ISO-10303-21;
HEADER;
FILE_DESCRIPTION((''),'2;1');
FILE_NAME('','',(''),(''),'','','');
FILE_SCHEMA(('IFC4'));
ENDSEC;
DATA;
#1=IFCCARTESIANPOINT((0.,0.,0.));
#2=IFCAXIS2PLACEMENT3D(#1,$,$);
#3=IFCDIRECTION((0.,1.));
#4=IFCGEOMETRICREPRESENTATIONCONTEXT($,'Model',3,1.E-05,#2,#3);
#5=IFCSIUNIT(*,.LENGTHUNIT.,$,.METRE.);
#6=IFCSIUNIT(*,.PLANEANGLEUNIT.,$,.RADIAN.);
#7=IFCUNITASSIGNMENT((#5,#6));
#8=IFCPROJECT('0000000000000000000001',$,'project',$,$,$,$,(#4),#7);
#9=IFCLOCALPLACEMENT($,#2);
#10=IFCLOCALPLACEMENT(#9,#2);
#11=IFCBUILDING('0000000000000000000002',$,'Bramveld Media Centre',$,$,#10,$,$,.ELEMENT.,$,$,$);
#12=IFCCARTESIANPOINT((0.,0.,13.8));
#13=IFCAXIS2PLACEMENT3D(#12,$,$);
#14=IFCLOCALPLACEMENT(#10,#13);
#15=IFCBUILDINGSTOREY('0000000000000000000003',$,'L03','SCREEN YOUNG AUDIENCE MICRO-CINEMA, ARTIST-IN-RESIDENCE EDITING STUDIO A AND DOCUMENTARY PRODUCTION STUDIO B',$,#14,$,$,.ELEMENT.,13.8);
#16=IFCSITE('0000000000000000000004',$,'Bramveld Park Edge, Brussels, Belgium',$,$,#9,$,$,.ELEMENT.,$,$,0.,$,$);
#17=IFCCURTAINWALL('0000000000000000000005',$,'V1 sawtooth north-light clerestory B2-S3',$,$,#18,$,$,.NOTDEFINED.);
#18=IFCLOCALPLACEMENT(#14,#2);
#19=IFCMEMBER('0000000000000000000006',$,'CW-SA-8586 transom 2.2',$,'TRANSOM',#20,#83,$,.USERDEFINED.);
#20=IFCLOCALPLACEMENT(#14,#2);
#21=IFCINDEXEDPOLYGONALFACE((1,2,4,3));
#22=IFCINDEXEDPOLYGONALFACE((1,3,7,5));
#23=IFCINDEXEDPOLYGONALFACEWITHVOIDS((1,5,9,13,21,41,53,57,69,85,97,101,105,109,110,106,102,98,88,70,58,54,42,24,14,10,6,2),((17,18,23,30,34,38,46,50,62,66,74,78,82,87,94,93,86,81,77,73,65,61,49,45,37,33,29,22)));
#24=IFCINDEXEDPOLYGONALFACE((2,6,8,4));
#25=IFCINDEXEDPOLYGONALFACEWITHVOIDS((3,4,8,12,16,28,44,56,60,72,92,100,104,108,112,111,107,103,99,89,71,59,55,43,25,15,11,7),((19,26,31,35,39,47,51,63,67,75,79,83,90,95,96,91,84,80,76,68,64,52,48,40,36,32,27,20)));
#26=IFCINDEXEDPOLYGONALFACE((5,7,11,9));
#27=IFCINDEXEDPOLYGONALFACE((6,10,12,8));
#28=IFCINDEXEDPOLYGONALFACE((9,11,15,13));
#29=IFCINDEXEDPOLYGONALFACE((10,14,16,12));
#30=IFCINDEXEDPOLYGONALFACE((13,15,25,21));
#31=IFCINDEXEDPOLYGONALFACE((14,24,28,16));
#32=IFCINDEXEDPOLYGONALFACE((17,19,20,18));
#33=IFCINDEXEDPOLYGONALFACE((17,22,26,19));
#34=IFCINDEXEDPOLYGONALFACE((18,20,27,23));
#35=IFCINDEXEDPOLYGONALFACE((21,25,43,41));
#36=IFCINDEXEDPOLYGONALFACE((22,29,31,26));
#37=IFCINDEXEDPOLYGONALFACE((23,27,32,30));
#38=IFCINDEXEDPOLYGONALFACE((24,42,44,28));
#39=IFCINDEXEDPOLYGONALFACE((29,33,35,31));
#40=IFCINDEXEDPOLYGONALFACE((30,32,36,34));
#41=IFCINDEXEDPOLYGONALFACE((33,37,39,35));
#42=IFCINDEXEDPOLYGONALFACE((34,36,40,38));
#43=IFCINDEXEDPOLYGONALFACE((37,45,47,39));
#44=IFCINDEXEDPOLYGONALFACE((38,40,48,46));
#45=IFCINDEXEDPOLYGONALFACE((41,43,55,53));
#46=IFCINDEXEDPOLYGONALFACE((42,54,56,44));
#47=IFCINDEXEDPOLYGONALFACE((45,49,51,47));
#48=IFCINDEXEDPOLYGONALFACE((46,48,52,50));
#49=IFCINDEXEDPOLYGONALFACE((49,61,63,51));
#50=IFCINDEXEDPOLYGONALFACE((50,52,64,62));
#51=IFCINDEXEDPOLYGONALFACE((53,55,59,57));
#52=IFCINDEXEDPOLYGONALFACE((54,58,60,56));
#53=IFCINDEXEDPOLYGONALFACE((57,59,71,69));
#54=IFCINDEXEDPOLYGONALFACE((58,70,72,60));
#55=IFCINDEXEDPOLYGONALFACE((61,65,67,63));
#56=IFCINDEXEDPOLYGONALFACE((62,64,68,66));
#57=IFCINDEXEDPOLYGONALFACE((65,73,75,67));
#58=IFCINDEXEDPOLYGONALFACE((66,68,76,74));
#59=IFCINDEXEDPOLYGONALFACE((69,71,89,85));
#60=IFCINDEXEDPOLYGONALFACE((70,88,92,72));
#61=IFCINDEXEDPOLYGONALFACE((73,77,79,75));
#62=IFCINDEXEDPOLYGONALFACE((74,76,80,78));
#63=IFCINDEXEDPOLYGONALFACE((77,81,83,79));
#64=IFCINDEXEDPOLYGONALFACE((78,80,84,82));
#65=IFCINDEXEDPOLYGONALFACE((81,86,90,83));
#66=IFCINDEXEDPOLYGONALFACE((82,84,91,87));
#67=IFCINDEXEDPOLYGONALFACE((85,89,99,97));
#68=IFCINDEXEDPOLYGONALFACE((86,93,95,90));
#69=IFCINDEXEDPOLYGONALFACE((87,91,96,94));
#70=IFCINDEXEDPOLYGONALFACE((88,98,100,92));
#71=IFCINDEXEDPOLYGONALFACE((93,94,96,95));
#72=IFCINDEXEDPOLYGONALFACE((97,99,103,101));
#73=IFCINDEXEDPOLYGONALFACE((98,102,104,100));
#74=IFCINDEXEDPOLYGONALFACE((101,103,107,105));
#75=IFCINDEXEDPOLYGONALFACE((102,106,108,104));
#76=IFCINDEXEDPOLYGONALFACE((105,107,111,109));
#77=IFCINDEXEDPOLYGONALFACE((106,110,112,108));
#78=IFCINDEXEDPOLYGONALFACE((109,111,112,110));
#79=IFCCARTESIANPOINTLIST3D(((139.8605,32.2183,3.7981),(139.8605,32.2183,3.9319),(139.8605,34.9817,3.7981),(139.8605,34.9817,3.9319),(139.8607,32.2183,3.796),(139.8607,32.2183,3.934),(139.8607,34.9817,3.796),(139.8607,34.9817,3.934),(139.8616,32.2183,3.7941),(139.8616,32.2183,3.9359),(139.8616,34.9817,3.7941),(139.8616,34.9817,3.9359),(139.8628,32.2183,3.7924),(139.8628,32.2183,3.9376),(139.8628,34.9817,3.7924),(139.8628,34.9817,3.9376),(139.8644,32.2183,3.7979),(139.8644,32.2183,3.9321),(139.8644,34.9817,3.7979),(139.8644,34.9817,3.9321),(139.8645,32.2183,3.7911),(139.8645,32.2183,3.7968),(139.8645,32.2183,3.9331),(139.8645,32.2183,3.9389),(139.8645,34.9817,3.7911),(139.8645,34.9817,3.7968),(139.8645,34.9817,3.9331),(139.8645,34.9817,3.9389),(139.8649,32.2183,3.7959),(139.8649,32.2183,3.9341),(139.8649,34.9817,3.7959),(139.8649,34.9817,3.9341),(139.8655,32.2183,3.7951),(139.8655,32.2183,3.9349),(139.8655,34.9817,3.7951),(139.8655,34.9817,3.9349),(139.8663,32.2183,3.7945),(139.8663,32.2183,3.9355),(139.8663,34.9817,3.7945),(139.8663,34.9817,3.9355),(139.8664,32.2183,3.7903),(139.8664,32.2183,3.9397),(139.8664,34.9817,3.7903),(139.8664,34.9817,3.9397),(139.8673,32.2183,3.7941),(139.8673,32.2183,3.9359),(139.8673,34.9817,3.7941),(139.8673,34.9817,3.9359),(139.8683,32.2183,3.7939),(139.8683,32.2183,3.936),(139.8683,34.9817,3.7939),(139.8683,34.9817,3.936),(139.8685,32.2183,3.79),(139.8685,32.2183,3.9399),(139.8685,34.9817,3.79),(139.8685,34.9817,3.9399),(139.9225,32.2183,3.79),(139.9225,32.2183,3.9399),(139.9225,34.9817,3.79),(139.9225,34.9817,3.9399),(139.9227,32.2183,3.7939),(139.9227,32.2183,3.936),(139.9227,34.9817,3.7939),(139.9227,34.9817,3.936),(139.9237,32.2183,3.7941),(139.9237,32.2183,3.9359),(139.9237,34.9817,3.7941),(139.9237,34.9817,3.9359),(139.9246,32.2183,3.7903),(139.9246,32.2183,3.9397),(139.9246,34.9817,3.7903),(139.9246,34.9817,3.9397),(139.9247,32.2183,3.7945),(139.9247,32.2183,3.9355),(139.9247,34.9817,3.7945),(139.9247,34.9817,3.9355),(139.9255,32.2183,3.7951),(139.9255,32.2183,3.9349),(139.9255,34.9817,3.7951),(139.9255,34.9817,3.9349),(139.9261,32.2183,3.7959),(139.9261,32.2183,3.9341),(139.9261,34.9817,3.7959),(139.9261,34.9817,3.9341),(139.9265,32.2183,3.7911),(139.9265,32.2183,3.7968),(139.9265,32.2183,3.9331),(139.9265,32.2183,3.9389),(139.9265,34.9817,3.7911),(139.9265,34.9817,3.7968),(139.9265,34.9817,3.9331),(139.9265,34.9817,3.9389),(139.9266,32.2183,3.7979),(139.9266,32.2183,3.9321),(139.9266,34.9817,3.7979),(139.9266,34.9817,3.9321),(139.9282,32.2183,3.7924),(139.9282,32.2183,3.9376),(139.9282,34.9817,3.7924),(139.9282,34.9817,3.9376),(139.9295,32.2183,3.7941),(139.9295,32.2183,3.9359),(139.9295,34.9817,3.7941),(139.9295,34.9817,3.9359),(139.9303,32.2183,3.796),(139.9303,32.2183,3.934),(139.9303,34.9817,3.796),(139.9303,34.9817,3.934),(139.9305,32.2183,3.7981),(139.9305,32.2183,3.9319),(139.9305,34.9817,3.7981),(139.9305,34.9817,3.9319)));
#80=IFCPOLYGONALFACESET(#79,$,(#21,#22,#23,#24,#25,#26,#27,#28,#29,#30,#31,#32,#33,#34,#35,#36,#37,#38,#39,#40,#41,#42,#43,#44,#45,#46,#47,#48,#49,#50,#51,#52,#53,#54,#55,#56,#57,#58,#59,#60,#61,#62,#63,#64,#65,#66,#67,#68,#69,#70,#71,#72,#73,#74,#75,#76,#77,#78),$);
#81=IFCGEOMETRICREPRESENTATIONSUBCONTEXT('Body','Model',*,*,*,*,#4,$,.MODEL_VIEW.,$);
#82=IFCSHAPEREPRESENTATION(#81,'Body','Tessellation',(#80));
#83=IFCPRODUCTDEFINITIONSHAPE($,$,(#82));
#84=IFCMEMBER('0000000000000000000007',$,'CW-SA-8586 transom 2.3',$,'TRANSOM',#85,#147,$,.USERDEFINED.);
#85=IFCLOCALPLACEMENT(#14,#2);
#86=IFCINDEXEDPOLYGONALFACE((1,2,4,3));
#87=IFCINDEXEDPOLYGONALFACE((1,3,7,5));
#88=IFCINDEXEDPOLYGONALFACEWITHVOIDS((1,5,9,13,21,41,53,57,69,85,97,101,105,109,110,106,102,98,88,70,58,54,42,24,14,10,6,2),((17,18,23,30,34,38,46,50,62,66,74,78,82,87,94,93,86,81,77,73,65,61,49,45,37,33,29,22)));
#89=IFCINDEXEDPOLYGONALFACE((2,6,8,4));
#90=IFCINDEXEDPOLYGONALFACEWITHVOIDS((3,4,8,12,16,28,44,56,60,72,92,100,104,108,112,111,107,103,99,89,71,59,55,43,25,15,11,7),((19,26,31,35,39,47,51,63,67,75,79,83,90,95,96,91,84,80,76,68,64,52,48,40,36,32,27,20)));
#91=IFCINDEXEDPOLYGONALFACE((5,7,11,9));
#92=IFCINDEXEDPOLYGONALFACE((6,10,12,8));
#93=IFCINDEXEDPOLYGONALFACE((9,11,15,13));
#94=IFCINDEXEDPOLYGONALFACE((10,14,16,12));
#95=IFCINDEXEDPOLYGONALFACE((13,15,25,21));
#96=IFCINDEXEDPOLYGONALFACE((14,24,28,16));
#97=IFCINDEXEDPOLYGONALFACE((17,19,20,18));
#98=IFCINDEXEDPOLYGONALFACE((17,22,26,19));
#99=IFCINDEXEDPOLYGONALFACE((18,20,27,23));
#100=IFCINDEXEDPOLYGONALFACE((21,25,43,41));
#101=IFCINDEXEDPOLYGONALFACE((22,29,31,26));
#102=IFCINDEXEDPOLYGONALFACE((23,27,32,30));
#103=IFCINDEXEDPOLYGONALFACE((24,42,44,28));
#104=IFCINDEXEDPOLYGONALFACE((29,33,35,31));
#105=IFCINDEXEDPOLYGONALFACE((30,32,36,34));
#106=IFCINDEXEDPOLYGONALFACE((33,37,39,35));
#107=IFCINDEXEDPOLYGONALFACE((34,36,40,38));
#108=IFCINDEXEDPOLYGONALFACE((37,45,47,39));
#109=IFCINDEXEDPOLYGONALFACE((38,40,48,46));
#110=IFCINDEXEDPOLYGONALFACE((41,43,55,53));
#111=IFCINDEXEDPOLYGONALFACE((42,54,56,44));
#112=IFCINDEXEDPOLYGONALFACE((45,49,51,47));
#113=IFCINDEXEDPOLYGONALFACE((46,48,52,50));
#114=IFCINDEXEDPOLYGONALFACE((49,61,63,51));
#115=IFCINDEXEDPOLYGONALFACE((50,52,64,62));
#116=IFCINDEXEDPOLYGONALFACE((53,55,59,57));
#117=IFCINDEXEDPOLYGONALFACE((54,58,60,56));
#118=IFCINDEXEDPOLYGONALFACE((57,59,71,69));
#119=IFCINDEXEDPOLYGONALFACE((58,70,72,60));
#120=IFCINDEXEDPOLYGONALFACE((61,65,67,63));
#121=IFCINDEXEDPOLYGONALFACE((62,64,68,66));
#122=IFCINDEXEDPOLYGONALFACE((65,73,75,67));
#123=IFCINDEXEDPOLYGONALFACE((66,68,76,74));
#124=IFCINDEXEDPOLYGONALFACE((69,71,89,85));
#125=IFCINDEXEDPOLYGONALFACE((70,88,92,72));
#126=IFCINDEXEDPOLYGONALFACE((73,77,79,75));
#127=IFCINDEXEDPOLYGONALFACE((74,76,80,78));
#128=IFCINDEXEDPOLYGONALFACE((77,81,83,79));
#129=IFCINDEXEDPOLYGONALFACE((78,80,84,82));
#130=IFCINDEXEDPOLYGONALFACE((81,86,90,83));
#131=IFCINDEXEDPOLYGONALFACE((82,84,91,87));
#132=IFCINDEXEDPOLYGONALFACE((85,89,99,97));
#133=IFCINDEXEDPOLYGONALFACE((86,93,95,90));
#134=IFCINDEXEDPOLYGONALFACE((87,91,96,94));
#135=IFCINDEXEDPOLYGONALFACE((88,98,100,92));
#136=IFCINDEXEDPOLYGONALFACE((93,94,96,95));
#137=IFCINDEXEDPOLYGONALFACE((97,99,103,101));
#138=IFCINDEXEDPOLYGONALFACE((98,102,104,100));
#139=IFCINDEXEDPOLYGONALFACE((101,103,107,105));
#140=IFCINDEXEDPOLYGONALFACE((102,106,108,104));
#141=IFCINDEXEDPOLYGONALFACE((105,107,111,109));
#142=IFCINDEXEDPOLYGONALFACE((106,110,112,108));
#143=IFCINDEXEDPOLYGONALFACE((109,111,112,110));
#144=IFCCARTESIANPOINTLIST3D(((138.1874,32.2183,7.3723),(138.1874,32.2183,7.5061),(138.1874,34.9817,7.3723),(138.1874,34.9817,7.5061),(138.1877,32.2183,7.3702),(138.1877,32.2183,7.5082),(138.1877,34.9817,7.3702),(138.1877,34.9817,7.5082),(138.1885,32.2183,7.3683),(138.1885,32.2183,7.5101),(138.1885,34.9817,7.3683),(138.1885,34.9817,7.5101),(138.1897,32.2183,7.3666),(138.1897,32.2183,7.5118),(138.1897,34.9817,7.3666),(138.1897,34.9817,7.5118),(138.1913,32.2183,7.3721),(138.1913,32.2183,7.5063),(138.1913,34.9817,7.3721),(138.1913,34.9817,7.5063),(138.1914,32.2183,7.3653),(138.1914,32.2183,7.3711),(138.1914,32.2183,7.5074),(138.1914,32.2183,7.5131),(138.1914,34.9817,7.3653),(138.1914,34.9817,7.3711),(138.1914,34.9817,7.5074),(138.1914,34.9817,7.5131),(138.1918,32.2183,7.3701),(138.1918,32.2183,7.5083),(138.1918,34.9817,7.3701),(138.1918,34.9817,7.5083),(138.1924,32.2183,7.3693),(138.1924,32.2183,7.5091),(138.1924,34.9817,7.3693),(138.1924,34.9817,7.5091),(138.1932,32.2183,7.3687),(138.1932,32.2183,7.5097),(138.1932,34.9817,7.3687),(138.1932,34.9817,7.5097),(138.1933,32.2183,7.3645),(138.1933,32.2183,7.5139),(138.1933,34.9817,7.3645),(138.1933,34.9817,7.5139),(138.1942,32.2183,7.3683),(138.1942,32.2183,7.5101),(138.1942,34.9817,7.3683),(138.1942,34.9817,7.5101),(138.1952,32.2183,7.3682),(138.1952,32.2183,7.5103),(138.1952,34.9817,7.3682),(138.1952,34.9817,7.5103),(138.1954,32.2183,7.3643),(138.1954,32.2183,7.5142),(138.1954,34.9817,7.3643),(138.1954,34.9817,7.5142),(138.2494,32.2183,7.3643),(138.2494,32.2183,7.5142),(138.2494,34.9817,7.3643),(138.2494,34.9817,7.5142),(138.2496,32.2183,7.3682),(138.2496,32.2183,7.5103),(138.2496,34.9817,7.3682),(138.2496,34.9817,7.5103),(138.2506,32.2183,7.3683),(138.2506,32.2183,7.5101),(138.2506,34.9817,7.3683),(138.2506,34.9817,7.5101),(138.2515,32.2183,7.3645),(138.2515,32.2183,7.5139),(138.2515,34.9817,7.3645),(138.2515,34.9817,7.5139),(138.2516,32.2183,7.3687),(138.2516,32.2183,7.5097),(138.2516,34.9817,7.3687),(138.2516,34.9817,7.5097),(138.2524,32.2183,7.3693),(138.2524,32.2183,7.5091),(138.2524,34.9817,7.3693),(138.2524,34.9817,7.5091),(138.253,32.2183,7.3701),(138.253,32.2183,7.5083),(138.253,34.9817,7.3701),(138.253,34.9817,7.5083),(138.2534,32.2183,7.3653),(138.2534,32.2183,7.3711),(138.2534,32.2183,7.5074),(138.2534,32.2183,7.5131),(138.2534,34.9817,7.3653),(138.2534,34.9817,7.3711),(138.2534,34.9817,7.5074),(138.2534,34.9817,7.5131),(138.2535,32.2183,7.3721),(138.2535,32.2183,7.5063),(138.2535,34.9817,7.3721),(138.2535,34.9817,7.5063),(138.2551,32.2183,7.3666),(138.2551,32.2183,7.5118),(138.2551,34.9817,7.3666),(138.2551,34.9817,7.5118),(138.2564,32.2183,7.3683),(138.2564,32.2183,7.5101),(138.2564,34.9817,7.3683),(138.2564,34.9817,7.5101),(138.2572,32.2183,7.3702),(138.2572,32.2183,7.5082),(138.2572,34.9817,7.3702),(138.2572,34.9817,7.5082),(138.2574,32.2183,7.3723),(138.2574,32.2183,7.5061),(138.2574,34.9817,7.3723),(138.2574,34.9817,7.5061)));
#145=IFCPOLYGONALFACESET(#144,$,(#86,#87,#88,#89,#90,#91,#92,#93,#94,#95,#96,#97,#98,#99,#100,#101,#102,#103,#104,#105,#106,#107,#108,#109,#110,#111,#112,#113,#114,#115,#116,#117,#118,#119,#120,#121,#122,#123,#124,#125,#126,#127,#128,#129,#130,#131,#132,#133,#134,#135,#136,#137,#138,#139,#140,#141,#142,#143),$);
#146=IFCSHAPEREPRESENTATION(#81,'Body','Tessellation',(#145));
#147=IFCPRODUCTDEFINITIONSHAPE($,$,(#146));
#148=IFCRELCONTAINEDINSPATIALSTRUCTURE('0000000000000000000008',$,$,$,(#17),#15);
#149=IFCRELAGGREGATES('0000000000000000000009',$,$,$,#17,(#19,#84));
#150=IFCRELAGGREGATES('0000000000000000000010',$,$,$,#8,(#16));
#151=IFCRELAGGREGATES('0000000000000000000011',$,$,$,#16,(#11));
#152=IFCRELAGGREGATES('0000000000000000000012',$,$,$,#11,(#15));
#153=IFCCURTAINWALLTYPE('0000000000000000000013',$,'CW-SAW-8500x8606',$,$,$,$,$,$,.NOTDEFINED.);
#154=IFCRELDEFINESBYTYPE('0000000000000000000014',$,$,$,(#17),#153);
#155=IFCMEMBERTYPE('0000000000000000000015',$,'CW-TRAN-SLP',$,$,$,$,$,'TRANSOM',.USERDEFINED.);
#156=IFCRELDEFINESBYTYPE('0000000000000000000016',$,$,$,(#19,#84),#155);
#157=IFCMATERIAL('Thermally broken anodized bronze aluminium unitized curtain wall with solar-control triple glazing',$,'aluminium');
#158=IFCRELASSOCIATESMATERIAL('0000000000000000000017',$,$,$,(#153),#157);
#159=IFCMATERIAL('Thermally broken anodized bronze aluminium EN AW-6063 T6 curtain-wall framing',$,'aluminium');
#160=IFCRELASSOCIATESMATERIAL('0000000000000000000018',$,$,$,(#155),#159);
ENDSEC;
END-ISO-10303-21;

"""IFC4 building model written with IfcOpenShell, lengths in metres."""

from ifc_helpers import new_model, si_unit, direction, frame, origin, origin_2d, place, context, subcontext, project, spatial, hollow_rectangle, extrude, material, material_profile, profile_set, type_object, element, aggregate, save


model = new_model("IFC4")

# Units and contexts
model_context = context("Model", 3, precision=1e-05, world=origin(), true_north=direction((0.0, 1.0)))
body_context = subcontext(model_context, "Body", "Model", "MODEL_VIEW")
ifc_project = project(units=[si_unit("LENGTHUNIT", "METRE"), si_unit("PLANEANGLEUNIT", "RADIAN")], contexts=[model_context])

# Site, building, storey
site_placement = place(None, origin())
site = spatial("IfcSite", under=ifc_project, at=site_placement, Name="Bramveld Park Edge, Brussels, Belgium", CompositionType="ELEMENT", RefElevation=0.0)
building_placement = place(site_placement, origin())
building = spatial("IfcBuilding", under=site, at=building_placement, Name="Bramveld Media Centre", CompositionType="ELEMENT")
storey_placement = place(building_placement, frame((0.0, 0.0, 13.8)))
storey = spatial("IfcBuildingStorey", under=building, at=storey_placement, Name="L03", Description="SCREEN YOUNG AUDIENCE MICRO-CINEMA, ARTIST-IN-RESIDENCE EDITING STUDIO A AND DOCUMENTARY PRODUCTION STUDIO B", CompositionType="ELEMENT", Elevation=13.8)

# Curtain wall
ifc_material_1 = material(Name="Thermally broken anodized bronze aluminium unitized curtain wall with solar-control triple glazing", Category="aluminium")
curtain_wall_type_1 = type_object("IfcCurtainWallType", Name="CW-SAW-8500x8606", PredefinedType="NOTDEFINED", material=ifc_material_1)
curtain_wall_1_placement = place(storey_placement, origin())
curtain_wall_1 = element("IfcCurtainWall", 1, at=curtain_wall_1_placement, inside=storey, type_object=curtain_wall_type_1, Name="V1 sawtooth north-light clerestory B2-S3", PredefinedType="NOTDEFINED")

# Members
ifc_material_2 = material(Name="Thermally broken anodized bronze aluminium EN AW-6063 T6 curtain-wall framing", Category="aluminium")
ifc_material_profile_1 = material_profile(ifc_material_2, hollow_rectangle(XDim=0.0701, YDim=0.1499, WallThickness=0.0039, InnerFilletRadius=0.0039, OuterFilletRadius=0.0081, at=origin_2d()), Name="AL-TRAN 70x150")
ifc_profile_set_1 = profile_set([ifc_material_profile_1], Name="Thermally broken anodized bronze aluminium EN AW-6063 T6 curtain-wall framing")
member_type_1 = type_object("IfcMemberType", Name="CW-TRAN-SLP", ElementType="TRANSOM", PredefinedType="USERDEFINED", material=ifc_profile_set_1)
member_1_placement = place(storey_placement, frame((139.8955, 32.2183, 3.865), z_axis=(0.0, 1.0, 0.0), x_axis=(-1.0, 0.0, 0.0)))
member_1 = element("IfcMember", 2, at=member_1_placement, type_object=member_type_1, Name="CW-SA-8586 transom 2.2", ObjectType="TRANSOM", PredefinedType="USERDEFINED", context=body_context, shape_type="SweptSolid", body=[
    extrude(hollow_rectangle(XDim=0.0701, YDim=0.1499, WallThickness=0.0039, InnerFilletRadius=0.0039, OuterFilletRadius=0.0081, at=origin_2d()), origin(), (0.0, 0.0, 1.0), 2.7634),
])
member_2_placement = place(storey_placement, frame((138.2224, 32.2183, 7.4392), z_axis=(0.0, 1.0, 0.0), x_axis=(-1.0, 0.0, 0.0)))
member_2 = element("IfcMember", 3, at=member_2_placement, type_object=member_type_1, Name="CW-SA-8586 transom 2.3", ObjectType="TRANSOM", PredefinedType="USERDEFINED", context=body_context, shape_type="SweptSolid", body=[
    extrude(hollow_rectangle(XDim=0.0701, YDim=0.1499, WallThickness=0.0039, InnerFilletRadius=0.0039, OuterFilletRadius=0.0081, at=origin_2d()), origin(), (0.0, 0.0, 1.0), 2.7634),
])

aggregate(curtain_wall_1, [member_1, member_2])

save(model, "model.ifc")
